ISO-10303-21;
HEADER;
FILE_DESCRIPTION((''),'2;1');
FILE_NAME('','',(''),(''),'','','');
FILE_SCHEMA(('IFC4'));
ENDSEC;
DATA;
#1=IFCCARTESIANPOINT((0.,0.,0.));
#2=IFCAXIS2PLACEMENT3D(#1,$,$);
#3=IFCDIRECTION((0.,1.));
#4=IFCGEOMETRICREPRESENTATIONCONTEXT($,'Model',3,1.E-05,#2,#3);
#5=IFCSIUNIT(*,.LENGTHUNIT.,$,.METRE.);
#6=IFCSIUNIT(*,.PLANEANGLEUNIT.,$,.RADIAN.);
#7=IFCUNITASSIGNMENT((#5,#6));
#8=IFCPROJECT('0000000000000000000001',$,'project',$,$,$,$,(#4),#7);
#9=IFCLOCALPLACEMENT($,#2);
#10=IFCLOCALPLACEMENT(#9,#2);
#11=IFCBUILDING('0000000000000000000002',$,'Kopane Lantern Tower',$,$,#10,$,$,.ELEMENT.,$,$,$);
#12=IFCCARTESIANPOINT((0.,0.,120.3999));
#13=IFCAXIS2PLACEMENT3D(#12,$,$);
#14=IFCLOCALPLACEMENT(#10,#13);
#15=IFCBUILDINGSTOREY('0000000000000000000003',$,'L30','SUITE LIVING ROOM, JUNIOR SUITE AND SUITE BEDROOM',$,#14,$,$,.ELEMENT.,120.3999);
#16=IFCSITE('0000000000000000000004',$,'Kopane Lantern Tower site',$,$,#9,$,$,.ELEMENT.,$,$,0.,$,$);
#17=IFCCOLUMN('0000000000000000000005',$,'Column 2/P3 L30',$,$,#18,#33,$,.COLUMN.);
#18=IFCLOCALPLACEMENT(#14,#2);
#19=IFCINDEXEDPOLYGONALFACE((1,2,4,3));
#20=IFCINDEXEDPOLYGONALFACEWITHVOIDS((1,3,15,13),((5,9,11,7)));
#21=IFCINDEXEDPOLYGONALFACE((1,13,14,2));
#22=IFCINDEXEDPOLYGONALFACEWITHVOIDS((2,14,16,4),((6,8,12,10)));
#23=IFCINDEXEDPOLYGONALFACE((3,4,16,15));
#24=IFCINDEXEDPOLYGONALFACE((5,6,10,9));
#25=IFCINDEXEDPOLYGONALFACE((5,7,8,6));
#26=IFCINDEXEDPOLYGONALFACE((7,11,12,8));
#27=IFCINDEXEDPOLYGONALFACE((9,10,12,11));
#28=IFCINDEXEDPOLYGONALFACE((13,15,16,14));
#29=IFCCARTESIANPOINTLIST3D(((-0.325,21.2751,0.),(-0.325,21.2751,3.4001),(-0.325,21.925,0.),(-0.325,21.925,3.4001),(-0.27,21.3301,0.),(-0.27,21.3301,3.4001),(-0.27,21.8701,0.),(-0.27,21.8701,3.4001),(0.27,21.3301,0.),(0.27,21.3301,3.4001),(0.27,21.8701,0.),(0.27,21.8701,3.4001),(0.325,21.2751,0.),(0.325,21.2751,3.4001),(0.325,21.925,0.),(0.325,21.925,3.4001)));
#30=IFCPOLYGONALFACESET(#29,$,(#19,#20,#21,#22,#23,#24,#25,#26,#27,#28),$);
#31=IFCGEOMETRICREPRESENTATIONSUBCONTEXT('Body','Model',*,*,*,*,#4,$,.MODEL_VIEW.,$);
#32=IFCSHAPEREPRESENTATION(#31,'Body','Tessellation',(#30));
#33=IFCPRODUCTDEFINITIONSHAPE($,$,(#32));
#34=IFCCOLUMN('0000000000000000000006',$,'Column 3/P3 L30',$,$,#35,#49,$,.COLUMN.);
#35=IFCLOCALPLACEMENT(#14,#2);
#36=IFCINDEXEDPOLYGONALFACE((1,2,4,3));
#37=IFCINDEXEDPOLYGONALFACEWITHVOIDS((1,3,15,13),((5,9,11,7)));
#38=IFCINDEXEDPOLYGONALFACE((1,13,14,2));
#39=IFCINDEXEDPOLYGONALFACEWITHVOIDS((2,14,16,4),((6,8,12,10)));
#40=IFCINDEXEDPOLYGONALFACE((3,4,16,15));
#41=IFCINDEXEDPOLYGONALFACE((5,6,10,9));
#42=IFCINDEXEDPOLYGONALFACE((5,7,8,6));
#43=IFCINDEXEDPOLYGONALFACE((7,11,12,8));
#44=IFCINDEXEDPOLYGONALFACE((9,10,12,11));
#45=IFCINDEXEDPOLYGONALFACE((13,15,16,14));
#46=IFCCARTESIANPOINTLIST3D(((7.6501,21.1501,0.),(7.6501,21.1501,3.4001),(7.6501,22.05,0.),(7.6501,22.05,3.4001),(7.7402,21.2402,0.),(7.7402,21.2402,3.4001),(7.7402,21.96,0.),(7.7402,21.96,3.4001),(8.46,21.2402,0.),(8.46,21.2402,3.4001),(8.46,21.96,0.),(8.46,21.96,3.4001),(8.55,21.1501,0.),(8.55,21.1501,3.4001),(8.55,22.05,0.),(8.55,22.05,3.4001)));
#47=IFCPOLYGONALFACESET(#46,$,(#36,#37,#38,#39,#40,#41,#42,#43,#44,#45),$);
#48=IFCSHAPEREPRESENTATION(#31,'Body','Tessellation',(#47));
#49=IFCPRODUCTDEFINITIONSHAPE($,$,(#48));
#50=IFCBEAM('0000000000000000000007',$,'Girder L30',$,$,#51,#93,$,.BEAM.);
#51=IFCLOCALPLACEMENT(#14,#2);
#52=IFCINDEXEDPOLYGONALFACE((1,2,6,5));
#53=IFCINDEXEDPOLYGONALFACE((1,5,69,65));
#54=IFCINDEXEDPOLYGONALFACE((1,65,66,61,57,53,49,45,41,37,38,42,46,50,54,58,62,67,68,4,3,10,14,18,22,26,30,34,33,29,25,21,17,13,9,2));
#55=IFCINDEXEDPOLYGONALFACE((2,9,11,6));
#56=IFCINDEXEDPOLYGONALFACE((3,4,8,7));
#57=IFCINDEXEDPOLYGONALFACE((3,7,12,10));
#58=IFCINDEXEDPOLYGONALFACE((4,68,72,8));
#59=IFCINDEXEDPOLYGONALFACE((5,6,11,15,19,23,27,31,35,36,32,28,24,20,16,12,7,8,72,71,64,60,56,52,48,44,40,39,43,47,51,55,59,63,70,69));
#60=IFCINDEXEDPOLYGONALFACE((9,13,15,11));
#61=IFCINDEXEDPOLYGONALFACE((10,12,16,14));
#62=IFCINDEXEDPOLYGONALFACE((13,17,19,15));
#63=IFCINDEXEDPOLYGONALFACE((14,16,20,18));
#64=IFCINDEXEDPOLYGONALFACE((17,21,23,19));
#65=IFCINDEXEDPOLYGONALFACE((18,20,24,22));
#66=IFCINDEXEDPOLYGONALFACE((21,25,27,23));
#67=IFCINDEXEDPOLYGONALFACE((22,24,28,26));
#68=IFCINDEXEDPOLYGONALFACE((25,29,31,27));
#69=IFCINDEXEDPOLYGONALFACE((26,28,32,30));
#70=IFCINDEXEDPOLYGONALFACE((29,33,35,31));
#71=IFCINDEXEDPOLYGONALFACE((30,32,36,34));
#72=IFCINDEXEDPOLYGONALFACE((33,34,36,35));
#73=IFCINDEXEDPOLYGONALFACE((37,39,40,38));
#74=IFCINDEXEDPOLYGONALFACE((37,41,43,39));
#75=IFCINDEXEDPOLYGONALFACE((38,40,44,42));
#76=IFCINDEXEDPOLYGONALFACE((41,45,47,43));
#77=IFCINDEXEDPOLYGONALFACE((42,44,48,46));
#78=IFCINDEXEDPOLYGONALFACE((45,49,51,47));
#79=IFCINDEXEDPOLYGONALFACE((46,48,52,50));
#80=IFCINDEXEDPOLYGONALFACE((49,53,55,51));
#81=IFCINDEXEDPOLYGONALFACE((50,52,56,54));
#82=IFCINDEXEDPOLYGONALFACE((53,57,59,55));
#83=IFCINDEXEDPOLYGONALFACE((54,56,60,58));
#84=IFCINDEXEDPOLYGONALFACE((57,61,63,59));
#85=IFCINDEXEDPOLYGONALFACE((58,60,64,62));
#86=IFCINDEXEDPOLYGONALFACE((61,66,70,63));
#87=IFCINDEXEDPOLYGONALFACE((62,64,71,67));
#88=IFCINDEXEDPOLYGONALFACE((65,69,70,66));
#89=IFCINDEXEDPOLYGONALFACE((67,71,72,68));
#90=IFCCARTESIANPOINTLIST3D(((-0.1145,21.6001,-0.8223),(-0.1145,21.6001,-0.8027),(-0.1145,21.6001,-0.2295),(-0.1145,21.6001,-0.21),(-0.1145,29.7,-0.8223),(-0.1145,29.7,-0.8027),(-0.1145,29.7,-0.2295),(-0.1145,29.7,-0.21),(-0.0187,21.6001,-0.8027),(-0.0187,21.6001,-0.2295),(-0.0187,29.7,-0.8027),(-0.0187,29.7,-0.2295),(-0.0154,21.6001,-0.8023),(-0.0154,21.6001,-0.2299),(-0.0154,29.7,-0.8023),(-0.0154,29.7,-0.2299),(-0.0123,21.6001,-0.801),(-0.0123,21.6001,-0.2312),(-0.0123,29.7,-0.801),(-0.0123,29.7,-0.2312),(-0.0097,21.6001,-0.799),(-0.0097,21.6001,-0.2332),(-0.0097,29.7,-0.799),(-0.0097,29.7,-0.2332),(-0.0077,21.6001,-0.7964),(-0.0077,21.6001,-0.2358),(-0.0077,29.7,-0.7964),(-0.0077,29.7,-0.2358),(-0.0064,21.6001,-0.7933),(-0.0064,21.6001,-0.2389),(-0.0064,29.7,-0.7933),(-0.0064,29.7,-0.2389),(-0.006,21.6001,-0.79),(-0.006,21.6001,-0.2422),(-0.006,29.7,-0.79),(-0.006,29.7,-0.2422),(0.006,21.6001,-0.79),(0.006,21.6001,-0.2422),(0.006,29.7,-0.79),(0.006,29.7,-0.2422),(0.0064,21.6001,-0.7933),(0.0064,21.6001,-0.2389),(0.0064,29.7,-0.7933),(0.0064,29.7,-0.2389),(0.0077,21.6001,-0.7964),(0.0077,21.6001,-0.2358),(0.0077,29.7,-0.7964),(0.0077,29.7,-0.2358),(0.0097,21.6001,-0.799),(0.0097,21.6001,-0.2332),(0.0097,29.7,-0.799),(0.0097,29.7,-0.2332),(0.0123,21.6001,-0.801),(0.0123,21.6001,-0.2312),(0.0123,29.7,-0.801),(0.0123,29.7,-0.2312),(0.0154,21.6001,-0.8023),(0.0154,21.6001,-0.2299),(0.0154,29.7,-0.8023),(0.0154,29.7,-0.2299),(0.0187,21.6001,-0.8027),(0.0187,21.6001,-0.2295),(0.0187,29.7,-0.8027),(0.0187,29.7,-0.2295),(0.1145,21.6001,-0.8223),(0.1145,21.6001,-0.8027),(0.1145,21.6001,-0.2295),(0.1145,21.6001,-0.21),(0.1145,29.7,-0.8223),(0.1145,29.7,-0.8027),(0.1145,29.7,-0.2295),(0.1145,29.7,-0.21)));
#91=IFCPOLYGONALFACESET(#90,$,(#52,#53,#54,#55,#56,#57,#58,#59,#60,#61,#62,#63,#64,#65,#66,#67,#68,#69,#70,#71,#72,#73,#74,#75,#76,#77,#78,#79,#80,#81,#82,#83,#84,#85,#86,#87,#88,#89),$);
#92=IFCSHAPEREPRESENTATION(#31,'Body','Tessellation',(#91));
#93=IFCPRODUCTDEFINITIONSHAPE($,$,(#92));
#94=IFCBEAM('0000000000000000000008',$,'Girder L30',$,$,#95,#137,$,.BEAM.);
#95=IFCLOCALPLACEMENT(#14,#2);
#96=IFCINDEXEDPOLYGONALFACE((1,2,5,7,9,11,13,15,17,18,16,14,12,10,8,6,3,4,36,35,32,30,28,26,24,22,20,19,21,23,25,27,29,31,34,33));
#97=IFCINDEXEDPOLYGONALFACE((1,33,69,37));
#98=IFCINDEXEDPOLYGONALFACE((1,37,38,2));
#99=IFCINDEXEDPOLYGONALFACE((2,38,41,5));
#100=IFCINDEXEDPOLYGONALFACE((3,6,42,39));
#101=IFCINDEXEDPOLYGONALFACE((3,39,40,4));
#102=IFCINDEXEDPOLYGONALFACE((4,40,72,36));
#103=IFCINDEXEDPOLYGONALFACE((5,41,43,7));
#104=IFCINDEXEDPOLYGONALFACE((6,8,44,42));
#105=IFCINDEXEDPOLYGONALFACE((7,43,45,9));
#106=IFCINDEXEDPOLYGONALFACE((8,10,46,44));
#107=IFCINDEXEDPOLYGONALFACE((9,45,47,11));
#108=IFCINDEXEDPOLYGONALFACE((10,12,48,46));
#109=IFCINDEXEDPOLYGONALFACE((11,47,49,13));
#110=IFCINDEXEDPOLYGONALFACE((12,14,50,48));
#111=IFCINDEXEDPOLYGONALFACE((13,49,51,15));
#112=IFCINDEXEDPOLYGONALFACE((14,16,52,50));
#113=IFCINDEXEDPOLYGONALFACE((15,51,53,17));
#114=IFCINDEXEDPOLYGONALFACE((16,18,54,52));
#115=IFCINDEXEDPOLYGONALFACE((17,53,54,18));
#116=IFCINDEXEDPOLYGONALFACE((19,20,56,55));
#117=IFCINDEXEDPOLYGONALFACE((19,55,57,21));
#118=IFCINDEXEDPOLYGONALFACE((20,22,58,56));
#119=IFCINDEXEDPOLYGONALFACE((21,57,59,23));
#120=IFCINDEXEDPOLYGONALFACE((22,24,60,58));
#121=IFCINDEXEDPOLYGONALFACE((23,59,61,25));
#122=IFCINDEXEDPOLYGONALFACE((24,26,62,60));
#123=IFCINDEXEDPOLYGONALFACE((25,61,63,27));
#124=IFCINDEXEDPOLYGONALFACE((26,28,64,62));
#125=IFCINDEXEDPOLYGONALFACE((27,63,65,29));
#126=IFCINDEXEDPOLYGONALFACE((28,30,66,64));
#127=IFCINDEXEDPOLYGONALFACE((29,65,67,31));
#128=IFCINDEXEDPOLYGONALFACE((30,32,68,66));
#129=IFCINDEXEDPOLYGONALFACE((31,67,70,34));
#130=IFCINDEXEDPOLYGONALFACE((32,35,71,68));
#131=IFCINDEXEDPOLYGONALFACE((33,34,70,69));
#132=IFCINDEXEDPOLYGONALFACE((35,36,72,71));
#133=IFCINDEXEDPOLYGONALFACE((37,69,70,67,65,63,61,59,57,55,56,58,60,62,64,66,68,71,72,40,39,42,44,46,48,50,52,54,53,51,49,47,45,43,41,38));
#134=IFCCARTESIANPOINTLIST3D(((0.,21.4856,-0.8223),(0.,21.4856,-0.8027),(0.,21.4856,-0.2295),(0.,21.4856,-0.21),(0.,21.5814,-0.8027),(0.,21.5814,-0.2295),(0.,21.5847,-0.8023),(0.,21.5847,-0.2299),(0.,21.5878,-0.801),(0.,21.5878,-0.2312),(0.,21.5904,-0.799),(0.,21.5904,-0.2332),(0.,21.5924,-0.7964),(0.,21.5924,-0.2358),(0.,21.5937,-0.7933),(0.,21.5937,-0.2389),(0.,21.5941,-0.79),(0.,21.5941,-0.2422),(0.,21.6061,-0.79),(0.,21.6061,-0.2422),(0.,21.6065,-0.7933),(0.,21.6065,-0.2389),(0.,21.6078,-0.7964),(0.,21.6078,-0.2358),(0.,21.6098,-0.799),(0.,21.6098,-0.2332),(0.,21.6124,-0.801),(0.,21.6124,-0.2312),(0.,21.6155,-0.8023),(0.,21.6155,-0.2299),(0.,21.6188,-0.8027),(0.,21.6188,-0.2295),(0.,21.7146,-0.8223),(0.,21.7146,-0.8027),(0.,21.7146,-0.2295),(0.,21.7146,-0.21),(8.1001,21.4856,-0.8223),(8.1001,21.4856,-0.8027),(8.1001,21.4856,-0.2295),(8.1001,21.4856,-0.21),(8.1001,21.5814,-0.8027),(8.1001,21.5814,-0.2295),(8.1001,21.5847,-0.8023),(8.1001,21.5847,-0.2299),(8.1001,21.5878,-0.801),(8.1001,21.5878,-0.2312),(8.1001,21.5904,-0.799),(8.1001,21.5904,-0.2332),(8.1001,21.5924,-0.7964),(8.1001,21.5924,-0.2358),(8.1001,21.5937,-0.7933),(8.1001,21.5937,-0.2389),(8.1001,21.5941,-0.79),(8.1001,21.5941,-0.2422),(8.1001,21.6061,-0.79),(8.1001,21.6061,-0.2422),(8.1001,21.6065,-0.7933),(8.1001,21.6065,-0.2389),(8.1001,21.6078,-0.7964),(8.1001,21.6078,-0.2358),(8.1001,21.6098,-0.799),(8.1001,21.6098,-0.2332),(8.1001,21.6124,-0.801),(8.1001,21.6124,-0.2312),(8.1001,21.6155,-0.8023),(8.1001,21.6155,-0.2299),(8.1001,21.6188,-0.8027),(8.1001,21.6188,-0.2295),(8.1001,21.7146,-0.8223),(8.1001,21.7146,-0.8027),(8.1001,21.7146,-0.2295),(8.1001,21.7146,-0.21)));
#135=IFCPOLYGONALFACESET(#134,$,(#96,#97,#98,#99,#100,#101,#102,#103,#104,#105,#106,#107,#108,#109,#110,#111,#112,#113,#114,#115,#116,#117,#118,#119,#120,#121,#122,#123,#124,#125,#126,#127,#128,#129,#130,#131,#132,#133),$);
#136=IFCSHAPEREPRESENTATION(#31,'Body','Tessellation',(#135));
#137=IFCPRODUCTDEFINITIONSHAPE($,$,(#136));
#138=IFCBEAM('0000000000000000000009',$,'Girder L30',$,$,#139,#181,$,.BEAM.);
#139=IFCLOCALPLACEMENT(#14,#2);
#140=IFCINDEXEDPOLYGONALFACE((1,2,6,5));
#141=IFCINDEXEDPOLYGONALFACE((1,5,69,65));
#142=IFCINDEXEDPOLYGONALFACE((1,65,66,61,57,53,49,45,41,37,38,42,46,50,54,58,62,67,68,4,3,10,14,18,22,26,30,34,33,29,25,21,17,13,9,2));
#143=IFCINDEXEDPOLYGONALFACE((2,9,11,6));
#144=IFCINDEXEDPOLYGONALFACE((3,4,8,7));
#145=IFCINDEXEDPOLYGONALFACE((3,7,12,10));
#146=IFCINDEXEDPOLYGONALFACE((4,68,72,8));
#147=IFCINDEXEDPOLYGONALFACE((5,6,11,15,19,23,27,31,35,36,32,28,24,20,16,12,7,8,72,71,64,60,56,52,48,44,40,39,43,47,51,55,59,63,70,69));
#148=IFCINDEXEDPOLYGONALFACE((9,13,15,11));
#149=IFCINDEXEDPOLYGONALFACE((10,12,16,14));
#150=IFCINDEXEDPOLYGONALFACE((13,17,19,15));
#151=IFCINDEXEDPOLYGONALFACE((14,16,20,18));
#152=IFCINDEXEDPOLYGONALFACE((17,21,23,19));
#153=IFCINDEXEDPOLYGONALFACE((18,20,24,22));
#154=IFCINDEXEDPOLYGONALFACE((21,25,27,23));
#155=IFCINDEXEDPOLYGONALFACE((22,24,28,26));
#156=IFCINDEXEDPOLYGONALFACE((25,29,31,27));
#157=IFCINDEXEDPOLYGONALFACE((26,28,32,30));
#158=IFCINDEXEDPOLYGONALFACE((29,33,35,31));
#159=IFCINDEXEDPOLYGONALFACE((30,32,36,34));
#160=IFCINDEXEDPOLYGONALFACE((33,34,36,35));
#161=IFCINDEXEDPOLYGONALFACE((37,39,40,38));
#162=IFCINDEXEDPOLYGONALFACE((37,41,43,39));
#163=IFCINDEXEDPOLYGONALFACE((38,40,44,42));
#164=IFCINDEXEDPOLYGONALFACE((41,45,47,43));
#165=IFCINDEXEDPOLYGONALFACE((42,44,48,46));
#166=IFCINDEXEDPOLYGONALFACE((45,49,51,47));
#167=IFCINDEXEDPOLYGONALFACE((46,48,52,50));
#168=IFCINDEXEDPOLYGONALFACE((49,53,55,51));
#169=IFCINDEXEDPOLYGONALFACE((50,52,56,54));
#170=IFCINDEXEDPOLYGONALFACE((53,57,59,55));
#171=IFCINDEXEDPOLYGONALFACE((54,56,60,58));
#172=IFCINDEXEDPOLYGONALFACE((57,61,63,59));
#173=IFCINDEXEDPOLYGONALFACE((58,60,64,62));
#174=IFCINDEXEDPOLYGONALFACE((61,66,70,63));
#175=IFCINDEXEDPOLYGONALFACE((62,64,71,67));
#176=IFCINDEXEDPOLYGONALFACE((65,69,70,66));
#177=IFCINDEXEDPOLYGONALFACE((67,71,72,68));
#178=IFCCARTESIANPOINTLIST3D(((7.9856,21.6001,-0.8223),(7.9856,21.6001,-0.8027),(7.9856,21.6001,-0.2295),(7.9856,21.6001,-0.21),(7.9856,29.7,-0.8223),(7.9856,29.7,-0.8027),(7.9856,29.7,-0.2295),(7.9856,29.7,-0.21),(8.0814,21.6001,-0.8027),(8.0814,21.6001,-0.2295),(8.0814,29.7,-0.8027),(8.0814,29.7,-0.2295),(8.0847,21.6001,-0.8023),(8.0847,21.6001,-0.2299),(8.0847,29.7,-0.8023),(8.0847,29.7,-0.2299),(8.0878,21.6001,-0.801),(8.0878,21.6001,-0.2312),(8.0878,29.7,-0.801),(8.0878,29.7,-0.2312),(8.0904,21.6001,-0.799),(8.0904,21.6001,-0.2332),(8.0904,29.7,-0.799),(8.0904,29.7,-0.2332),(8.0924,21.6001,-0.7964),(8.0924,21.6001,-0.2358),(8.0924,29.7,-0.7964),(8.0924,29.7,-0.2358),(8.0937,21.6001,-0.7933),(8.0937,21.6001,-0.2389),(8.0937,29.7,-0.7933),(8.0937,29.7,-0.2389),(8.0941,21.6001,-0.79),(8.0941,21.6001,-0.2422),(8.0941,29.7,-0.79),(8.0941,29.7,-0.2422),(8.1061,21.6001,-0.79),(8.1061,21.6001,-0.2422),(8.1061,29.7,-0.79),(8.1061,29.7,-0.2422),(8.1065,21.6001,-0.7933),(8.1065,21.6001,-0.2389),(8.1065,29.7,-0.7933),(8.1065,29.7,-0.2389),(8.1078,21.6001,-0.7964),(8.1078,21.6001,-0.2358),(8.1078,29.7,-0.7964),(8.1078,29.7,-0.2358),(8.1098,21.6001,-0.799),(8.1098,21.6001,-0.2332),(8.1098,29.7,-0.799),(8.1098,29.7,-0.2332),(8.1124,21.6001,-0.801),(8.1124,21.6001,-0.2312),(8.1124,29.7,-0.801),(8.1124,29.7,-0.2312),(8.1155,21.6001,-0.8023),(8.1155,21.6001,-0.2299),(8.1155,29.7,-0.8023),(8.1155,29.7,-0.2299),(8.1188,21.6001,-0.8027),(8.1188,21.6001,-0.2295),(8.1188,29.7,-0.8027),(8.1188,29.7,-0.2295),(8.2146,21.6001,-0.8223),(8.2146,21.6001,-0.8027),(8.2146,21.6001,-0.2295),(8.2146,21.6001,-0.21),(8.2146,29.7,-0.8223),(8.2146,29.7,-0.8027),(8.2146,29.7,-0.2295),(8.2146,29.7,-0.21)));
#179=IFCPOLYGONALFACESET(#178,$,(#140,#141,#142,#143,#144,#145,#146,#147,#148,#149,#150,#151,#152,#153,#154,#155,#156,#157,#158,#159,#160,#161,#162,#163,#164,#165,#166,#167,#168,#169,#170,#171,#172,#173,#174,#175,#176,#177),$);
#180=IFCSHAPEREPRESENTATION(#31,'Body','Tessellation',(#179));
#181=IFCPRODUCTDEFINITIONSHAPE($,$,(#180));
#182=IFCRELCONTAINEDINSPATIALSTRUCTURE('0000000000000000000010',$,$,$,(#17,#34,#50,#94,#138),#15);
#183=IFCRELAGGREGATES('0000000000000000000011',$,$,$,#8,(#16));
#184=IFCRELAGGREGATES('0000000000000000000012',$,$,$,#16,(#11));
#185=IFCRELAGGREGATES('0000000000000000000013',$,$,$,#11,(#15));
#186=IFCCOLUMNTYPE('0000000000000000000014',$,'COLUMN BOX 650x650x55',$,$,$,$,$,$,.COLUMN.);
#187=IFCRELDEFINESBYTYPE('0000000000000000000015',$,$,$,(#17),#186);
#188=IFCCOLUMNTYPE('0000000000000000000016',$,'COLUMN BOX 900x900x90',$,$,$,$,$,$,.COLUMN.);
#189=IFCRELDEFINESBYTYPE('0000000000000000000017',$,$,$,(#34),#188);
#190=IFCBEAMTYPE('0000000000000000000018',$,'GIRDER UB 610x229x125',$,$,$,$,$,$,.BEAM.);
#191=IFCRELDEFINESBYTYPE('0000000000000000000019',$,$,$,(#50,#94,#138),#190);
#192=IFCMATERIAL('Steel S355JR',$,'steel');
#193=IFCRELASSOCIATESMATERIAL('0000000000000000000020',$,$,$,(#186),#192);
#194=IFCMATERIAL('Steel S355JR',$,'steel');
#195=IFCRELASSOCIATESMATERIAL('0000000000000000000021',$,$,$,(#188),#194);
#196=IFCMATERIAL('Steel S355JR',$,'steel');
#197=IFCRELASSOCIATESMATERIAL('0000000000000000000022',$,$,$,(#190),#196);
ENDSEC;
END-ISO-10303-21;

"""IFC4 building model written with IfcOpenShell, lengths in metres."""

from ifc_helpers import new_model, si_unit, direction, frame, origin, origin_2d, place, context, subcontext, project, spatial, hollow_rectangle, i_section, extrude, material, material_profile, profile_set, type_object, element, save


model = new_model("IFC4")

# Units and contexts
model_context = context("Model", 3, precision=1e-05, world=origin(), true_north=direction((0.0, 1.0)))
body_context = subcontext(model_context, "Body", "Model", "MODEL_VIEW")
ifc_project = project(units=[si_unit("LENGTHUNIT", "METRE"), si_unit("PLANEANGLEUNIT", "RADIAN")], contexts=[model_context])

# Site, building, storey
site_placement = place(None, origin())
site = spatial("IfcSite", under=ifc_project, at=site_placement, Name="Kopane Lantern Tower site", CompositionType="ELEMENT", RefElevation=0.0)
building_placement = place(site_placement, origin())
building = spatial("IfcBuilding", under=site, at=building_placement, Name="Kopane Lantern Tower", CompositionType="ELEMENT")
storey_placement = place(building_placement, frame((0.0, 0.0, 120.3999)))
storey = spatial("IfcBuildingStorey", under=building, at=storey_placement, Name="L30", Description="SUITE LIVING ROOM, JUNIOR SUITE AND SUITE BEDROOM", CompositionType="ELEMENT", Elevation=120.3999)

# Columns
ifc_material_1 = material(Name="Steel S355JR", Category="steel")
ifc_material_profile_1 = material_profile(ifc_material_1, hollow_rectangle(XDim=0.6499, YDim=0.6499, WallThickness=0.0549, at=origin_2d()), Name="BOX 650x650x55")
ifc_profile_set_1 = profile_set([ifc_material_profile_1], Name="Steel S355JR")
column_type_1 = type_object("IfcColumnType", Name="COLUMN BOX 650x650x55", PredefinedType="COLUMN", material=ifc_profile_set_1)
column_1_placement = place(storey_placement, frame((0.0, 21.6001, 0.0), z_axis=(0.0, 0.0, 1.0), x_axis=(1.0, 0.0, 0.0)))
element("IfcColumn", 1, at=column_1_placement, inside=storey, type_object=column_type_1, Name="Column 2/P3 L30", PredefinedType="COLUMN", context=body_context, shape_type="SweptSolid", body=[
    extrude(hollow_rectangle(XDim=0.6499, YDim=0.6499, WallThickness=0.0549, at=origin_2d()), origin(), (0.0, 0.0, 1.0), 3.4001),
])
ifc_material_2 = material(Name="Steel S355JR", Category="steel")
ifc_material_profile_2 = material_profile(ifc_material_2, hollow_rectangle(XDim=0.8999, YDim=0.8999, WallThickness=0.0901, at=origin_2d()), Name="BOX 900x900x90")
ifc_profile_set_2 = profile_set([ifc_material_profile_2], Name="Steel S355JR")
column_type_2 = type_object("IfcColumnType", Name="COLUMN BOX 900x900x90", PredefinedType="COLUMN", material=ifc_profile_set_2)
column_2_placement = place(storey_placement, frame((8.1001, 21.6001, 0.0), z_axis=(0.0, 0.0, 1.0), x_axis=(1.0, 0.0, 0.0)))
element("IfcColumn", 2, at=column_2_placement, inside=storey, type_object=column_type_2, Name="Column 3/P3 L30", PredefinedType="COLUMN", context=body_context, shape_type="SweptSolid", body=[
    extrude(hollow_rectangle(XDim=0.8999, YDim=0.8999, WallThickness=0.0901, at=origin_2d()), origin(), (0.0, 0.0, 1.0), 3.4001),
])

# Beams
ifc_material_3 = material(Name="Steel S355JR", Category="steel")
ifc_material_profile_3 = material_profile(ifc_material_3, i_section(OverallWidth=0.229, OverallDepth=0.6123, WebThickness=0.012, FlangeThickness=0.0195, FilletRadius=0.0127, at=origin_2d()), Name="UB 610x229x125")
ifc_profile_set_3 = profile_set([ifc_material_profile_3], Name="Steel S355JR")
beam_type = type_object("IfcBeamType", Name="GIRDER UB 610x229x125", PredefinedType="BEAM", material=ifc_profile_set_3)
beam_1_placement = place(storey_placement, frame((0.0, 21.6001, -0.5161), z_axis=(0.0, 1.0, 0.0), x_axis=(-1.0, 0.0, 0.0)))
element("IfcBeam", 3, at=beam_1_placement, inside=storey, type_object=beam_type, Name="Girder L30", PredefinedType="BEAM", context=body_context, shape_type="SweptSolid", body=[
    extrude(i_section(OverallWidth=0.229, OverallDepth=0.6123, WebThickness=0.012, FlangeThickness=0.0195, FilletRadius=0.0127, at=origin_2d()), origin(), (0.0, 0.0, 1.0), 8.0999),
])
beam_2_placement = place(storey_placement, frame((0.0, 21.6001, -0.5161), z_axis=(1.0, 0.0, 0.0), x_axis=(0.0, 1.0, 0.0)))
element("IfcBeam", 4, at=beam_2_placement, inside=storey, type_object=beam_type, Name="Girder L30", PredefinedType="BEAM", context=body_context, shape_type="SweptSolid", body=[
    extrude(i_section(OverallWidth=0.229, OverallDepth=0.6123, WebThickness=0.012, FlangeThickness=0.0195, FilletRadius=0.0127, at=origin_2d()), origin(), (0.0, 0.0, 1.0), 8.1001),
])
for number, where, z_axis, x_axis, name in (
    (5, (8.1001, 21.6001, -0.5161), (0.0, 1.0, 0.0), (-1.0, 0.0, 0.0), "Girder L30"),
):
    element("IfcBeam", number, at=place(storey_placement, frame(where, z_axis=z_axis, x_axis=x_axis)), inside=storey, type_object=beam_type, Name=name, PredefinedType="BEAM", context=body_context, shape_type="SweptSolid", body=[
        extrude(i_section(OverallWidth=0.229, OverallDepth=0.6123, WebThickness=0.012, FlangeThickness=0.0195, FilletRadius=0.0127, at=origin_2d()), origin(), (0.0, 0.0, 1.0), 8.0999),
    ])

save(model, "model.ifc")
